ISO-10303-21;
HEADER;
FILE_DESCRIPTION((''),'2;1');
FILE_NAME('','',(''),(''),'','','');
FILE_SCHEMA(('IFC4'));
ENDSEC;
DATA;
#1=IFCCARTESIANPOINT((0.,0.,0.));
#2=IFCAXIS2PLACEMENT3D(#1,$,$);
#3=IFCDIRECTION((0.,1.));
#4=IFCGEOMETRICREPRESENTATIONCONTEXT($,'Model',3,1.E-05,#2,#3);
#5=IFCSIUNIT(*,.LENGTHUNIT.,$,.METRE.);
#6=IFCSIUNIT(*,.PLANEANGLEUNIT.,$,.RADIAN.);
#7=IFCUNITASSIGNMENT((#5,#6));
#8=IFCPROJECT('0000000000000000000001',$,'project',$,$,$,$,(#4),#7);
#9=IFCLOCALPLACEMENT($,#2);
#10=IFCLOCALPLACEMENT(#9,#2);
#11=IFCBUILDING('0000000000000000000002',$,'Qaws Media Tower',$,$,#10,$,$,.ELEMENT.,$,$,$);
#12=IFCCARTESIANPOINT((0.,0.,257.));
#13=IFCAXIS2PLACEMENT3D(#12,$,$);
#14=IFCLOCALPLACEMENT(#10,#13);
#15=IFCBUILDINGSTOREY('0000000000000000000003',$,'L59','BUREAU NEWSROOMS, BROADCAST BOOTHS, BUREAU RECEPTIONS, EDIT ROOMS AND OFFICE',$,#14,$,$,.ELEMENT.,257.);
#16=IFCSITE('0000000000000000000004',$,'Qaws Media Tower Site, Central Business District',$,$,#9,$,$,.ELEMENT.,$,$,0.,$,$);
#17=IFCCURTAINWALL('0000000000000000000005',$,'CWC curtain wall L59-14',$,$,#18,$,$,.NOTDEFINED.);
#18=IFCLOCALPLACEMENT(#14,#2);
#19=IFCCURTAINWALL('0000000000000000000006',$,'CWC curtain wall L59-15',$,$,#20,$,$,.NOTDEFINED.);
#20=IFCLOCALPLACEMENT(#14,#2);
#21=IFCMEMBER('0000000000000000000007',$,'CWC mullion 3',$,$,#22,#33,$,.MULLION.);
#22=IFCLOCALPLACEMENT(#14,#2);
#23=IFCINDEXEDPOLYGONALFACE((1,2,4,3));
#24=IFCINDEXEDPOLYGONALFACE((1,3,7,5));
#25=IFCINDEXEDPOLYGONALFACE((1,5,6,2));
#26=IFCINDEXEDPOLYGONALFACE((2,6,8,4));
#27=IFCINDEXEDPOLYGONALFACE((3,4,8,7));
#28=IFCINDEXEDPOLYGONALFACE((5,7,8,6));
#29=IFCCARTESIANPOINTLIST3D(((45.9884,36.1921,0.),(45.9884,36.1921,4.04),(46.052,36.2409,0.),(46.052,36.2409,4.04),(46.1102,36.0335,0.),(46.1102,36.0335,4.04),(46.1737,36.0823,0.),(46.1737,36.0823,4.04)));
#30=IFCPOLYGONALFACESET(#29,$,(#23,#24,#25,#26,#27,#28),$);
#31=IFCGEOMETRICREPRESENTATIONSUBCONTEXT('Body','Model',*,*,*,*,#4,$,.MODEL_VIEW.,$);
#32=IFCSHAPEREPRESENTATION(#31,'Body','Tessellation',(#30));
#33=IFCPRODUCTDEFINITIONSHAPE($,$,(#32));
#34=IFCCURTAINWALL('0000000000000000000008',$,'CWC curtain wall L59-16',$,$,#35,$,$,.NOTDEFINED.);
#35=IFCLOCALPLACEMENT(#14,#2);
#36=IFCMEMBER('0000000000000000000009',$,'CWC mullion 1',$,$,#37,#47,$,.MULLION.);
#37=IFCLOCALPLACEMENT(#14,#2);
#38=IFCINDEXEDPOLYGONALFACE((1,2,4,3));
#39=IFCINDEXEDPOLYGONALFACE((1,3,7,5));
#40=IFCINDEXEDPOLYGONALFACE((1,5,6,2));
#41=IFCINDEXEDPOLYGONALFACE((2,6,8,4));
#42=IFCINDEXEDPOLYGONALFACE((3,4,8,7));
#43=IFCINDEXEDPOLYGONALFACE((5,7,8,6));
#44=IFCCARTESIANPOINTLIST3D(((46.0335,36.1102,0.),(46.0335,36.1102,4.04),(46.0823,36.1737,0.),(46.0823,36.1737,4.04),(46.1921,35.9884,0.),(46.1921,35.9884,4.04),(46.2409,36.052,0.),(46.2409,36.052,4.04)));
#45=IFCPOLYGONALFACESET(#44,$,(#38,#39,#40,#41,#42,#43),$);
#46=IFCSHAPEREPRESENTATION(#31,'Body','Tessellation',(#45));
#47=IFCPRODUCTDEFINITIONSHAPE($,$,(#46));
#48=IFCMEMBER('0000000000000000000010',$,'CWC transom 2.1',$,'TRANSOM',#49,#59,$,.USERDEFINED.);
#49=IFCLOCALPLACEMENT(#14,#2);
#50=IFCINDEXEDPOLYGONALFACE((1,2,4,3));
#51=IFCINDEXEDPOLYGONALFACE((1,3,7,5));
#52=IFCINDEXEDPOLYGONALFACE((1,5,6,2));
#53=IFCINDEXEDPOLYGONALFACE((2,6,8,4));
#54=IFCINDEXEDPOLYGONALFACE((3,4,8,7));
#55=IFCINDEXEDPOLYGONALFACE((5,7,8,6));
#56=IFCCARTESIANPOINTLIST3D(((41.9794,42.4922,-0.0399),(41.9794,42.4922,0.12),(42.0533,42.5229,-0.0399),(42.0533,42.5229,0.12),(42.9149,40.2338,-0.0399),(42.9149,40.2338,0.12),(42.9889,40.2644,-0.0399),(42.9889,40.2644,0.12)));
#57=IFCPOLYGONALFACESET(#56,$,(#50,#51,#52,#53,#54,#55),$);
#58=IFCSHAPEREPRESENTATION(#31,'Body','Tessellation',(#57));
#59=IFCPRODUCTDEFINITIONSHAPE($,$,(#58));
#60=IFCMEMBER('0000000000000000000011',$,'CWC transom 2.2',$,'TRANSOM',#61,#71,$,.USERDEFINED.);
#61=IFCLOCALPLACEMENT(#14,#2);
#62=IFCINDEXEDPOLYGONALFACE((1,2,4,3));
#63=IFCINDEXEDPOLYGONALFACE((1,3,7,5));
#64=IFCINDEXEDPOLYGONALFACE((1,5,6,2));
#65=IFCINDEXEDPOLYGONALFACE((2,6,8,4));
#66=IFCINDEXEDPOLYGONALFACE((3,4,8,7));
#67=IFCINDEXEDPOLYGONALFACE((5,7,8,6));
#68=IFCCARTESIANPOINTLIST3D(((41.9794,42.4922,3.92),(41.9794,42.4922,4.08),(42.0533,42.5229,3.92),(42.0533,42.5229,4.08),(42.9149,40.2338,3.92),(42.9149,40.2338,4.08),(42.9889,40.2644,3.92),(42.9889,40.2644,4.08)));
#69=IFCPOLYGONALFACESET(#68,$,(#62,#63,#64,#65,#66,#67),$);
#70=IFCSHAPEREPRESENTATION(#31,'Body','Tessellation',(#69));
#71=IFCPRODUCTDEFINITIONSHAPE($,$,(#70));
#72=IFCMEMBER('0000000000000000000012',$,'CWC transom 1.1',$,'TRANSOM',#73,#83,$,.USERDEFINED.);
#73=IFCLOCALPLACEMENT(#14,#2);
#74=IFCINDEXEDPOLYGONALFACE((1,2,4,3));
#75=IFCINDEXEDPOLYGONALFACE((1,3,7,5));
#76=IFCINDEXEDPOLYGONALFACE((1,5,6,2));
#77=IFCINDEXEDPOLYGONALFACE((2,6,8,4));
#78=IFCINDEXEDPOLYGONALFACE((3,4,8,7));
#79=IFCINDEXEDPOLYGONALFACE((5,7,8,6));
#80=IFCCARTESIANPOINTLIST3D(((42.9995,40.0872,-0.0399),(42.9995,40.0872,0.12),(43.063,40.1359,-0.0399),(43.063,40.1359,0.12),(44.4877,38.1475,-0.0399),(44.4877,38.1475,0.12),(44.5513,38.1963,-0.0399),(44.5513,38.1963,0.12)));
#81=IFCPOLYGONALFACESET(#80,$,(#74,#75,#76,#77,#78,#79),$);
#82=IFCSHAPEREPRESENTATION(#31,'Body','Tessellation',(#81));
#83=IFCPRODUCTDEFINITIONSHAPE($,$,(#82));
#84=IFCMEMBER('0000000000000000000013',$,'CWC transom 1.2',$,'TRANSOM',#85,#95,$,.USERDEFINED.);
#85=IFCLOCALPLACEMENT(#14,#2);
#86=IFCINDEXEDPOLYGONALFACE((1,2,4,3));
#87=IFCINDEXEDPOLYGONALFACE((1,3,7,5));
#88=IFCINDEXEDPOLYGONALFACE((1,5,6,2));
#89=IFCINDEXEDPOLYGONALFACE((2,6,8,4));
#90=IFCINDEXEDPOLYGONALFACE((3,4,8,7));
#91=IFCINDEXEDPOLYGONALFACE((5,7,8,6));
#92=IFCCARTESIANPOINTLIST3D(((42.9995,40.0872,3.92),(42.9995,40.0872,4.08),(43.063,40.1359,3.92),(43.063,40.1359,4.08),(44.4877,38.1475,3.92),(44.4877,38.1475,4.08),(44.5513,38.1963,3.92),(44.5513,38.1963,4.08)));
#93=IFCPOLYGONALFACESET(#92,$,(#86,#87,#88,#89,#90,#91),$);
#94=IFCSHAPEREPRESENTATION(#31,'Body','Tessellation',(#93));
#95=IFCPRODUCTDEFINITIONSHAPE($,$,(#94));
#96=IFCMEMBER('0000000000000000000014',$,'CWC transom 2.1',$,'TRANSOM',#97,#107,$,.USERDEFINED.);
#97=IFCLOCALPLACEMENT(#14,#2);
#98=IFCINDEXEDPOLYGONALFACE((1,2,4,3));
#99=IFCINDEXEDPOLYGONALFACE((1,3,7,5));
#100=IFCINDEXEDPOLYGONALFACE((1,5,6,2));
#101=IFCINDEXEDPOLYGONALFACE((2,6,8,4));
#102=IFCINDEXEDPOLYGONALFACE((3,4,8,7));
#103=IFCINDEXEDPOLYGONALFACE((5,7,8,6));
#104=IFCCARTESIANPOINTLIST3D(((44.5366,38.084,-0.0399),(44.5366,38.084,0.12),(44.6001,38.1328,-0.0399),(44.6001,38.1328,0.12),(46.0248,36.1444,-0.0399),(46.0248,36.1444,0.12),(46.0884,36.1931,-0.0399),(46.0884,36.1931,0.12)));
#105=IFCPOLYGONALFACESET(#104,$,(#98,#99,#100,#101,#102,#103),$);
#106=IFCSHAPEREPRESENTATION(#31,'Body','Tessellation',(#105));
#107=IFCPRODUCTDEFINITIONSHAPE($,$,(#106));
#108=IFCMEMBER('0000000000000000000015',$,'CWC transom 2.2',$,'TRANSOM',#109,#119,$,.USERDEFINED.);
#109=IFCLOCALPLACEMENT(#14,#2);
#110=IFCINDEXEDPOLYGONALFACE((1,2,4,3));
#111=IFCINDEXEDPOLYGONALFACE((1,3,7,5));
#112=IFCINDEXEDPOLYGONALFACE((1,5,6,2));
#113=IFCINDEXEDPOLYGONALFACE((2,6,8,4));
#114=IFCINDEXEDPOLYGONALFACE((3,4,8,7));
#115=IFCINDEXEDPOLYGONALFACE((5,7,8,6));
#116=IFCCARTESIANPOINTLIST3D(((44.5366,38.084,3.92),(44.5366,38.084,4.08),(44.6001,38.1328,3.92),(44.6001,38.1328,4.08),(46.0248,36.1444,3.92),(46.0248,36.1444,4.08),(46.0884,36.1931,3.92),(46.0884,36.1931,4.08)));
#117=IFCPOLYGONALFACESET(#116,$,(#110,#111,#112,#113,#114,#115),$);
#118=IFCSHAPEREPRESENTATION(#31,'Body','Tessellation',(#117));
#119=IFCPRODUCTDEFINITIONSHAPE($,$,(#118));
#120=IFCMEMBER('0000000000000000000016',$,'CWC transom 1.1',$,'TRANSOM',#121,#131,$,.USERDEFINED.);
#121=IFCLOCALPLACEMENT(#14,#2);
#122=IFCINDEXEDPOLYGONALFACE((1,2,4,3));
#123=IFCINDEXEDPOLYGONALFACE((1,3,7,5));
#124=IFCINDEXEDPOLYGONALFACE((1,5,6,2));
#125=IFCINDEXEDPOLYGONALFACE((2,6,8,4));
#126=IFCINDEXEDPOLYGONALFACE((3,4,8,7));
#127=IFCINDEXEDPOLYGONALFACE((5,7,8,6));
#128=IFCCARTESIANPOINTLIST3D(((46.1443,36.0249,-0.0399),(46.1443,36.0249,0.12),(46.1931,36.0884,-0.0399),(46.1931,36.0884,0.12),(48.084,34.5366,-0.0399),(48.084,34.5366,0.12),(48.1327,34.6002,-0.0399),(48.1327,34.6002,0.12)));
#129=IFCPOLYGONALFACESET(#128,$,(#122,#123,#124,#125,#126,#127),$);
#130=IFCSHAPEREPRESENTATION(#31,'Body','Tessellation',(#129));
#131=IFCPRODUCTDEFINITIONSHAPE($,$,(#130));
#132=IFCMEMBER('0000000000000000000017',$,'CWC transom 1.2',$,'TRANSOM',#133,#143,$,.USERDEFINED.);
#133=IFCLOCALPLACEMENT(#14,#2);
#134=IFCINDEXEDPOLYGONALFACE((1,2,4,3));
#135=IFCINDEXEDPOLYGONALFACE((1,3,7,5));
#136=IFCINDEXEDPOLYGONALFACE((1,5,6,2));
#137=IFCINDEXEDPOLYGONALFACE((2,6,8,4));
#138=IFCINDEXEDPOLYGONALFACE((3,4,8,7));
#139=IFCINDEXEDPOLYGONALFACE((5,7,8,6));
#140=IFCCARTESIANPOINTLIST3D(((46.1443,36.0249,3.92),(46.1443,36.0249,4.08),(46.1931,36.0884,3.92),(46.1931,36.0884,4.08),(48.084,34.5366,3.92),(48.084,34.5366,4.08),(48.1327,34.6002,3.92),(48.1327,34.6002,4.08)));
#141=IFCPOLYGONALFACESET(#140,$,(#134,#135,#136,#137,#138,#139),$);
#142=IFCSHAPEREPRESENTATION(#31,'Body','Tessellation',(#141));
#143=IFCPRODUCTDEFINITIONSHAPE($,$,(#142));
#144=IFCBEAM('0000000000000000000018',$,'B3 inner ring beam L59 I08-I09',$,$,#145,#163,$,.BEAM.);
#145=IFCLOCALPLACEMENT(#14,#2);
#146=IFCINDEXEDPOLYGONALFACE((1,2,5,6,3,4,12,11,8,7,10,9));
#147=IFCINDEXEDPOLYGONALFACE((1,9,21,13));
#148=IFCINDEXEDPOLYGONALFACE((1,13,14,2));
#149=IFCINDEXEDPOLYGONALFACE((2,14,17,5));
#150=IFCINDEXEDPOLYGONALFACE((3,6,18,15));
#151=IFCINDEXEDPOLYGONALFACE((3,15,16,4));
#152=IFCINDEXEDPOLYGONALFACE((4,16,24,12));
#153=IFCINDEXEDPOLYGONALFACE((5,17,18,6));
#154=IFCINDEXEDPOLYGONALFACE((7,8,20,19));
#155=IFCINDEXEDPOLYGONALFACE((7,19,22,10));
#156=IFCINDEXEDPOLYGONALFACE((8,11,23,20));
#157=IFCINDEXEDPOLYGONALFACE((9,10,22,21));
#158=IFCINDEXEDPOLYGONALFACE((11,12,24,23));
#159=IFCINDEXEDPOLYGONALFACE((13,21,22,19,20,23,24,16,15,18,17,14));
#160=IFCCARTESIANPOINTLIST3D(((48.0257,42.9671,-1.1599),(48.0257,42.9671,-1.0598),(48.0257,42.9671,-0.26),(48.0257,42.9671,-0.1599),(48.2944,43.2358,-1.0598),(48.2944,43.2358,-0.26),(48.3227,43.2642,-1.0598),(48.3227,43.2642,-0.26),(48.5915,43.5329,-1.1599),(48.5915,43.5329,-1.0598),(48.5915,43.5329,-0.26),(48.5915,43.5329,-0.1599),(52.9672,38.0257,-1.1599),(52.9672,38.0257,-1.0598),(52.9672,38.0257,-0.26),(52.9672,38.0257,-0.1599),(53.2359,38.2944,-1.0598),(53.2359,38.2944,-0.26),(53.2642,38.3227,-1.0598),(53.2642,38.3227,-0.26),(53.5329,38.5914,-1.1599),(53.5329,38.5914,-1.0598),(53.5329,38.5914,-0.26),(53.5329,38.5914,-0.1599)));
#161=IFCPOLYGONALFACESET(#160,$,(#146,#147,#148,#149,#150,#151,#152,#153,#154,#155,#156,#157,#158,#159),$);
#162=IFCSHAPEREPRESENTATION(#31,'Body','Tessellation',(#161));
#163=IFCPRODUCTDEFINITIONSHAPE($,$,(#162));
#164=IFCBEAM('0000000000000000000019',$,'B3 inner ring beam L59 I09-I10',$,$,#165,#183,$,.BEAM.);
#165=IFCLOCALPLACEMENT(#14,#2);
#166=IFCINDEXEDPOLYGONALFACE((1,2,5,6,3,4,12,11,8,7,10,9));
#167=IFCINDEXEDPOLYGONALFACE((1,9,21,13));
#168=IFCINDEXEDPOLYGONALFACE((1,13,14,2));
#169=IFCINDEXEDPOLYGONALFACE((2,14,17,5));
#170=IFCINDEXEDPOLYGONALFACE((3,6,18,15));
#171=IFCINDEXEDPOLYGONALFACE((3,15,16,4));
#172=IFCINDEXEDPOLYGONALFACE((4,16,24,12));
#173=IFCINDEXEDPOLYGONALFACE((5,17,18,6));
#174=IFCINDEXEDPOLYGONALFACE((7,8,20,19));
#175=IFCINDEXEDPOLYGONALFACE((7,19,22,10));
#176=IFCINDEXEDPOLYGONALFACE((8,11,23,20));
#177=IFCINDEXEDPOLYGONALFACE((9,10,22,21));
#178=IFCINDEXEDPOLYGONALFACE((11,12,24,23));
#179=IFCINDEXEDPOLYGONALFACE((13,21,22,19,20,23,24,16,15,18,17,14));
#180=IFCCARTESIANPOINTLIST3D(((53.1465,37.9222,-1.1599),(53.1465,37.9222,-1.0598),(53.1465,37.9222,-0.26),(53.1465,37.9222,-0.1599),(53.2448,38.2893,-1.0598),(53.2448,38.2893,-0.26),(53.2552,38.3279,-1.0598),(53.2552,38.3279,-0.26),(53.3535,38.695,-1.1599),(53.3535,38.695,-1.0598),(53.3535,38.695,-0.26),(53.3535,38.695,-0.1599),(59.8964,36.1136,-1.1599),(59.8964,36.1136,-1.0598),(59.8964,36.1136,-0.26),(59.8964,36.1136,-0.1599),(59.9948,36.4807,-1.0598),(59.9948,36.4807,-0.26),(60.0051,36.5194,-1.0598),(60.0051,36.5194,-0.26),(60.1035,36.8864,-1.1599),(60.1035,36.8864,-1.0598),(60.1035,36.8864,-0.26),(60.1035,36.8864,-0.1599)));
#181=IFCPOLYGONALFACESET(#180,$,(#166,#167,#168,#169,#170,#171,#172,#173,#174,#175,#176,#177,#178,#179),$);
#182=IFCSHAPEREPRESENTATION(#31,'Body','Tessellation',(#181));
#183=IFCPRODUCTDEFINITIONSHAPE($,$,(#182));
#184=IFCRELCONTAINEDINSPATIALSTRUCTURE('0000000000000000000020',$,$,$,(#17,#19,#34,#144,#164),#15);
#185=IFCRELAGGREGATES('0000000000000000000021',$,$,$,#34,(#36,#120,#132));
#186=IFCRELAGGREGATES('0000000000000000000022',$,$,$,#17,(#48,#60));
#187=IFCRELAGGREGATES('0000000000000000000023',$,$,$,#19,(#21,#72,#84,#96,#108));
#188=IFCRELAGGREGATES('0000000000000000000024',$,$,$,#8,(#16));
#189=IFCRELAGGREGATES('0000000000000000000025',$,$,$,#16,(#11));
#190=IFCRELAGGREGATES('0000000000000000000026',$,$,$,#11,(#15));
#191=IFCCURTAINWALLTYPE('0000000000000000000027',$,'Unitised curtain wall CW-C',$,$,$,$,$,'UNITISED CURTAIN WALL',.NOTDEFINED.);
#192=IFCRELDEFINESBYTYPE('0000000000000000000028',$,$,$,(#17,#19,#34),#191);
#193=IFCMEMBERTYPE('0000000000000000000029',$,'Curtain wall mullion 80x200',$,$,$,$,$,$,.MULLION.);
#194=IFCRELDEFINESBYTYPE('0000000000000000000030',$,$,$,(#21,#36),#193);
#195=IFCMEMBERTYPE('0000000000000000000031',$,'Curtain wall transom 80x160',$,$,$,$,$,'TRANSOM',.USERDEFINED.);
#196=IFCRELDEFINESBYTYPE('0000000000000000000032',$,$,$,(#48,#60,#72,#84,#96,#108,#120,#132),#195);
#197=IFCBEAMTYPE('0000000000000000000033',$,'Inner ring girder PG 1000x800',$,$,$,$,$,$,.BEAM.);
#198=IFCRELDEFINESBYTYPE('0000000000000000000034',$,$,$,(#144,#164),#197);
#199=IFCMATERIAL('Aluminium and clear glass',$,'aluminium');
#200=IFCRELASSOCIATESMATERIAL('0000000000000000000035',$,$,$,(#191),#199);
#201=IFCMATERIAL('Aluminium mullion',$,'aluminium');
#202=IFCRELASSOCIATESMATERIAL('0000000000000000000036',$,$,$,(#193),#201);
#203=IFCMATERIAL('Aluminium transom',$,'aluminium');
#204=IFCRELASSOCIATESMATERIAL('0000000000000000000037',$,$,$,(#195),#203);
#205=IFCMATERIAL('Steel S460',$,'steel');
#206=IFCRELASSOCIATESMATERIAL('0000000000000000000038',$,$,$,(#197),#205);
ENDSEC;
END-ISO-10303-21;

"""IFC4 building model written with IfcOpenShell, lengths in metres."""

from ifc_helpers import new_model, si_unit, direction, frame, origin, origin_2d, place, context, subcontext, project, spatial, rectangle, i_section, extrude, material, material_profile, profile_set, type_object, element, aggregate, save


model = new_model("IFC4")

# Units and contexts
model_context = context("Model", 3, precision=1e-05, world=origin(), true_north=direction((0.0, 1.0)))
body_context = subcontext(model_context, "Body", "Model", "MODEL_VIEW")
ifc_project = project(units=[si_unit("LENGTHUNIT", "METRE"), si_unit("PLANEANGLEUNIT", "RADIAN")], contexts=[model_context])

# Site, building, storey
site_placement = place(None, origin())
site = spatial("IfcSite", under=ifc_project, at=site_placement, Name="Qaws Media Tower Site, Central Business District", CompositionType="ELEMENT", RefElevation=0.0)
building_placement = place(site_placement, origin())
building = spatial("IfcBuilding", under=site, at=building_placement, Name="Qaws Media Tower", CompositionType="ELEMENT")
storey_placement = place(building_placement, frame((0.0, 0.0, 257.0)))
storey = spatial("IfcBuildingStorey", under=building, at=storey_placement, Name="L59", Description="BUREAU NEWSROOMS, BROADCAST BOOTHS, BUREAU RECEPTIONS, EDIT ROOMS AND OFFICE", CompositionType="ELEMENT", Elevation=257.0)

# Curtain wall
ifc_material_1 = material(Name="Aluminium and clear glass", Category="aluminium")
curtain_wall_type = type_object("IfcCurtainWallType", Name="Unitised curtain wall CW-C", ElementType="UNITISED CURTAIN WALL", PredefinedType="NOTDEFINED", material=ifc_material_1)
curtain_wall_1_placement = place(storey_placement, origin())
curtain_wall_1 = element("IfcCurtainWall", 1, at=curtain_wall_1_placement, inside=storey, type_object=curtain_wall_type, Name="CWC curtain wall L59-14", PredefinedType="NOTDEFINED")
ifc_material_2 = material(Name="Aluminium mullion", Category="aluminium")
ifc_material_profile_1 = material_profile(ifc_material_2, rectangle(XDim=0.0801, YDim=0.2, at=origin_2d()), Name="80x200")
ifc_profile_set_1 = profile_set([ifc_material_profile_1], Name="Aluminium mullion")
member_type_1 = type_object("IfcMemberType", Name="Curtain wall mullion 80x200", PredefinedType="MULLION", material=ifc_profile_set_1)

# Curtain wall, member
curtain_wall_2_placement = place(storey_placement, origin())
curtain_wall_2 = element("IfcCurtainWall", 2, at=curtain_wall_2_placement, inside=storey, type_object=curtain_wall_type, Name="CWC curtain wall L59-15", PredefinedType="NOTDEFINED")
member_1_placement = place(storey_placement, frame((46.0811, 36.1372, 0.0), z_axis=(0.0, 0.0, 1.0), x_axis=(0.793353, 0.608761, 0.0)))
member_1 = element("IfcMember", 3, at=member_1_placement, type_object=member_type_1, Name="CWC mullion 3", PredefinedType="MULLION", context=body_context, shape_type="SweptSolid", body=[
    extrude(rectangle(XDim=0.0801, YDim=0.2, at=origin_2d()), origin(), (0.0, 0.0, 1.0), 4.04),
])

# Curtain wall, member
curtain_wall_3_placement = place(storey_placement, origin())
curtain_wall_3 = element("IfcCurtainWall", 4, at=curtain_wall_3_placement, inside=storey, type_object=curtain_wall_type, Name="CWC curtain wall L59-16", PredefinedType="NOTDEFINED")
member_2_placement = place(storey_placement, frame((46.1372, 36.0811, 0.0), z_axis=(0.0, 0.0, 1.0), x_axis=(0.608761, 0.793353, 0.0)))
member_2 = element("IfcMember", 5, at=member_2_placement, type_object=member_type_1, Name="CWC mullion 1", PredefinedType="MULLION", context=body_context, shape_type="SweptSolid", body=[
    extrude(rectangle(XDim=0.0801, YDim=0.2, at=origin_2d()), origin(), (0.0, 0.0, 1.0), 4.04),
])

# Members
ifc_material_3 = material(Name="Aluminium transom", Category="aluminium")
ifc_material_profile_2 = material_profile(ifc_material_3, rectangle(XDim=0.0801, YDim=0.1599, at=origin_2d()), Name="80x160")
ifc_profile_set_2 = profile_set([ifc_material_profile_2], Name="Aluminium transom")
member_type_2 = type_object("IfcMemberType", Name="Curtain wall transom 80x160", ElementType="TRANSOM", PredefinedType="USERDEFINED", material=ifc_profile_set_2)
member_3_placement = place(storey_placement, frame((42.0164, 42.5076, 0.04), z_axis=(0.382693, -0.923876, 0.0), x_axis=(0.923876, 0.382693, 0.0)))
member_3 = element("IfcMember", 6, at=member_3_placement, type_object=member_type_2, Name="CWC transom 2.1", ObjectType="TRANSOM", PredefinedType="USERDEFINED", context=body_context, shape_type="SweptSolid", body=[
    extrude(rectangle(XDim=0.0801, YDim=0.1599, at=origin_2d()), origin(), (0.0, 0.0, 1.0), 2.4446),
])
member_4_placement = place(storey_placement, frame((42.0164, 42.5076, 4.0), z_axis=(0.382693, -0.923876, 0.0), x_axis=(0.923876, 0.382693, 0.0)))
member_4 = element("IfcMember", 7, at=member_4_placement, type_object=member_type_2, Name="CWC transom 2.2", ObjectType="TRANSOM", PredefinedType="USERDEFINED", context=body_context, shape_type="SweptSolid", body=[
    extrude(rectangle(XDim=0.0801, YDim=0.1599, at=origin_2d()), origin(), (0.0, 0.0, 1.0), 2.4446),
])
member_5_placement = place(storey_placement, frame((43.0312, 40.1116, 0.04), z_axis=(0.608735, -0.793373, 0.0), x_axis=(0.793373, 0.608735, 0.0)))
member_5 = element("IfcMember", 8, at=member_5_placement, type_object=member_type_2, Name="CWC transom 1.1", ObjectType="TRANSOM", PredefinedType="USERDEFINED", context=body_context, shape_type="SweptSolid", body=[
    extrude(rectangle(XDim=0.0801, YDim=0.1599, at=origin_2d()), origin(), (0.0, 0.0, 1.0), 2.4448),
])
member_6_placement = place(storey_placement, frame((43.0312, 40.1116, 4.0), z_axis=(0.608735, -0.793373, 0.0), x_axis=(0.793373, 0.608735, 0.0)))
member_6 = element("IfcMember", 9, at=member_6_placement, type_object=member_type_2, Name="CWC transom 1.2", ObjectType="TRANSOM", PredefinedType="USERDEFINED", context=body_context, shape_type="SweptSolid", body=[
    extrude(rectangle(XDim=0.0801, YDim=0.1599, at=origin_2d()), origin(), (0.0, 0.0, 1.0), 2.4448),
])
member_7_placement = place(storey_placement, frame((44.5684, 38.1084, 0.04), z_axis=(0.608735, -0.793373, 0.0), x_axis=(0.793373, 0.608735, 0.0)))
member_7 = element("IfcMember", 10, at=member_7_placement, type_object=member_type_2, Name="CWC transom 2.1", ObjectType="TRANSOM", PredefinedType="USERDEFINED", context=body_context, shape_type="SweptSolid", body=[
    extrude(rectangle(XDim=0.0801, YDim=0.1599, at=origin_2d()), origin(), (0.0, 0.0, 1.0), 2.4448),
])
member_8_placement = place(storey_placement, frame((44.5684, 38.1084, 4.0), z_axis=(0.608735, -0.793373, 0.0), x_axis=(0.793373, 0.608735, 0.0)))
member_8 = element("IfcMember", 11, at=member_8_placement, type_object=member_type_2, Name="CWC transom 2.2", ObjectType="TRANSOM", PredefinedType="USERDEFINED", context=body_context, shape_type="SweptSolid", body=[
    extrude(rectangle(XDim=0.0801, YDim=0.1599, at=origin_2d()), origin(), (0.0, 0.0, 1.0), 2.4448),
])
member_9_placement = place(storey_placement, frame((46.1687, 36.0566, 0.04), z_axis=(0.793373, -0.608735, 0.0), x_axis=(0.608735, 0.793373, 0.0)))
member_9 = element("IfcMember", 12, at=member_9_placement, type_object=member_type_2, Name="CWC transom 1.1", ObjectType="TRANSOM", PredefinedType="USERDEFINED", context=body_context, shape_type="SweptSolid", body=[
    extrude(rectangle(XDim=0.0801, YDim=0.1599, at=origin_2d()), origin(), (0.0, 0.0, 1.0), 2.4448),
])
member_10_placement = place(storey_placement, frame((46.1687, 36.0566, 4.0), z_axis=(0.793373, -0.608735, 0.0), x_axis=(0.608735, 0.793373, 0.0)))
member_10 = element("IfcMember", 13, at=member_10_placement, type_object=member_type_2, Name="CWC transom 1.2", ObjectType="TRANSOM", PredefinedType="USERDEFINED", context=body_context, shape_type="SweptSolid", body=[
    extrude(rectangle(XDim=0.0801, YDim=0.1599, at=origin_2d()), origin(), (0.0, 0.0, 1.0), 2.4448),
])
aggregate(curtain_wall_3, [member_2, member_9, member_10])

# Beams
ifc_material_4 = material(Name="Steel S460", Category="steel")
ifc_material_profile_3 = material_profile(ifc_material_4, i_section(OverallWidth=0.8, OverallDepth=1.0, WebThickness=0.04, FlangeThickness=0.1001, at=origin_2d()), Name="PG 1000x800")
ifc_profile_set_3 = profile_set([ifc_material_profile_3], Name="Steel S460")
beam_type_1 = type_object("IfcBeamType", Name="Inner ring girder PG 1000x800", PredefinedType="BEAM", material=ifc_profile_set_3)
beam_1_placement = place(storey_placement, frame((48.3086, 43.25, -0.6599), z_axis=(0.707107, -0.707107, 0.0), x_axis=(0.707107, 0.707107, 0.0)))
element("IfcBeam", 14, at=beam_1_placement, inside=storey, type_object=beam_type_1, Name="B3 inner ring beam L59 I08-I09", PredefinedType="BEAM", context=body_context, shape_type="SweptSolid", body=[
    extrude(i_section(OverallWidth=0.8, OverallDepth=1.0, WebThickness=0.04, FlangeThickness=0.1001, at=origin_2d()), origin(), (0.0, 0.0, 1.0), 6.9883),
])
beam_2_placement = place(storey_placement, frame((53.25, 38.3086, -0.6599), z_axis=(0.965928, -0.258811, 0.0), x_axis=(0.258811, 0.965928, 0.0)))
element("IfcBeam", 15, at=beam_2_placement, inside=storey, type_object=beam_type_1, Name="B3 inner ring beam L59 I09-I10", PredefinedType="BEAM", context=body_context, shape_type="SweptSolid", body=[
    extrude(i_section(OverallWidth=0.8, OverallDepth=1.0, WebThickness=0.04, FlangeThickness=0.1001, at=origin_2d()), origin(), (0.0, 0.0, 1.0), 6.988),
])

aggregate(curtain_wall_1, [member_3, member_4])
aggregate(curtain_wall_2, [member_1, member_5, member_6, member_7, member_8])

save(model, "model.ifc")
